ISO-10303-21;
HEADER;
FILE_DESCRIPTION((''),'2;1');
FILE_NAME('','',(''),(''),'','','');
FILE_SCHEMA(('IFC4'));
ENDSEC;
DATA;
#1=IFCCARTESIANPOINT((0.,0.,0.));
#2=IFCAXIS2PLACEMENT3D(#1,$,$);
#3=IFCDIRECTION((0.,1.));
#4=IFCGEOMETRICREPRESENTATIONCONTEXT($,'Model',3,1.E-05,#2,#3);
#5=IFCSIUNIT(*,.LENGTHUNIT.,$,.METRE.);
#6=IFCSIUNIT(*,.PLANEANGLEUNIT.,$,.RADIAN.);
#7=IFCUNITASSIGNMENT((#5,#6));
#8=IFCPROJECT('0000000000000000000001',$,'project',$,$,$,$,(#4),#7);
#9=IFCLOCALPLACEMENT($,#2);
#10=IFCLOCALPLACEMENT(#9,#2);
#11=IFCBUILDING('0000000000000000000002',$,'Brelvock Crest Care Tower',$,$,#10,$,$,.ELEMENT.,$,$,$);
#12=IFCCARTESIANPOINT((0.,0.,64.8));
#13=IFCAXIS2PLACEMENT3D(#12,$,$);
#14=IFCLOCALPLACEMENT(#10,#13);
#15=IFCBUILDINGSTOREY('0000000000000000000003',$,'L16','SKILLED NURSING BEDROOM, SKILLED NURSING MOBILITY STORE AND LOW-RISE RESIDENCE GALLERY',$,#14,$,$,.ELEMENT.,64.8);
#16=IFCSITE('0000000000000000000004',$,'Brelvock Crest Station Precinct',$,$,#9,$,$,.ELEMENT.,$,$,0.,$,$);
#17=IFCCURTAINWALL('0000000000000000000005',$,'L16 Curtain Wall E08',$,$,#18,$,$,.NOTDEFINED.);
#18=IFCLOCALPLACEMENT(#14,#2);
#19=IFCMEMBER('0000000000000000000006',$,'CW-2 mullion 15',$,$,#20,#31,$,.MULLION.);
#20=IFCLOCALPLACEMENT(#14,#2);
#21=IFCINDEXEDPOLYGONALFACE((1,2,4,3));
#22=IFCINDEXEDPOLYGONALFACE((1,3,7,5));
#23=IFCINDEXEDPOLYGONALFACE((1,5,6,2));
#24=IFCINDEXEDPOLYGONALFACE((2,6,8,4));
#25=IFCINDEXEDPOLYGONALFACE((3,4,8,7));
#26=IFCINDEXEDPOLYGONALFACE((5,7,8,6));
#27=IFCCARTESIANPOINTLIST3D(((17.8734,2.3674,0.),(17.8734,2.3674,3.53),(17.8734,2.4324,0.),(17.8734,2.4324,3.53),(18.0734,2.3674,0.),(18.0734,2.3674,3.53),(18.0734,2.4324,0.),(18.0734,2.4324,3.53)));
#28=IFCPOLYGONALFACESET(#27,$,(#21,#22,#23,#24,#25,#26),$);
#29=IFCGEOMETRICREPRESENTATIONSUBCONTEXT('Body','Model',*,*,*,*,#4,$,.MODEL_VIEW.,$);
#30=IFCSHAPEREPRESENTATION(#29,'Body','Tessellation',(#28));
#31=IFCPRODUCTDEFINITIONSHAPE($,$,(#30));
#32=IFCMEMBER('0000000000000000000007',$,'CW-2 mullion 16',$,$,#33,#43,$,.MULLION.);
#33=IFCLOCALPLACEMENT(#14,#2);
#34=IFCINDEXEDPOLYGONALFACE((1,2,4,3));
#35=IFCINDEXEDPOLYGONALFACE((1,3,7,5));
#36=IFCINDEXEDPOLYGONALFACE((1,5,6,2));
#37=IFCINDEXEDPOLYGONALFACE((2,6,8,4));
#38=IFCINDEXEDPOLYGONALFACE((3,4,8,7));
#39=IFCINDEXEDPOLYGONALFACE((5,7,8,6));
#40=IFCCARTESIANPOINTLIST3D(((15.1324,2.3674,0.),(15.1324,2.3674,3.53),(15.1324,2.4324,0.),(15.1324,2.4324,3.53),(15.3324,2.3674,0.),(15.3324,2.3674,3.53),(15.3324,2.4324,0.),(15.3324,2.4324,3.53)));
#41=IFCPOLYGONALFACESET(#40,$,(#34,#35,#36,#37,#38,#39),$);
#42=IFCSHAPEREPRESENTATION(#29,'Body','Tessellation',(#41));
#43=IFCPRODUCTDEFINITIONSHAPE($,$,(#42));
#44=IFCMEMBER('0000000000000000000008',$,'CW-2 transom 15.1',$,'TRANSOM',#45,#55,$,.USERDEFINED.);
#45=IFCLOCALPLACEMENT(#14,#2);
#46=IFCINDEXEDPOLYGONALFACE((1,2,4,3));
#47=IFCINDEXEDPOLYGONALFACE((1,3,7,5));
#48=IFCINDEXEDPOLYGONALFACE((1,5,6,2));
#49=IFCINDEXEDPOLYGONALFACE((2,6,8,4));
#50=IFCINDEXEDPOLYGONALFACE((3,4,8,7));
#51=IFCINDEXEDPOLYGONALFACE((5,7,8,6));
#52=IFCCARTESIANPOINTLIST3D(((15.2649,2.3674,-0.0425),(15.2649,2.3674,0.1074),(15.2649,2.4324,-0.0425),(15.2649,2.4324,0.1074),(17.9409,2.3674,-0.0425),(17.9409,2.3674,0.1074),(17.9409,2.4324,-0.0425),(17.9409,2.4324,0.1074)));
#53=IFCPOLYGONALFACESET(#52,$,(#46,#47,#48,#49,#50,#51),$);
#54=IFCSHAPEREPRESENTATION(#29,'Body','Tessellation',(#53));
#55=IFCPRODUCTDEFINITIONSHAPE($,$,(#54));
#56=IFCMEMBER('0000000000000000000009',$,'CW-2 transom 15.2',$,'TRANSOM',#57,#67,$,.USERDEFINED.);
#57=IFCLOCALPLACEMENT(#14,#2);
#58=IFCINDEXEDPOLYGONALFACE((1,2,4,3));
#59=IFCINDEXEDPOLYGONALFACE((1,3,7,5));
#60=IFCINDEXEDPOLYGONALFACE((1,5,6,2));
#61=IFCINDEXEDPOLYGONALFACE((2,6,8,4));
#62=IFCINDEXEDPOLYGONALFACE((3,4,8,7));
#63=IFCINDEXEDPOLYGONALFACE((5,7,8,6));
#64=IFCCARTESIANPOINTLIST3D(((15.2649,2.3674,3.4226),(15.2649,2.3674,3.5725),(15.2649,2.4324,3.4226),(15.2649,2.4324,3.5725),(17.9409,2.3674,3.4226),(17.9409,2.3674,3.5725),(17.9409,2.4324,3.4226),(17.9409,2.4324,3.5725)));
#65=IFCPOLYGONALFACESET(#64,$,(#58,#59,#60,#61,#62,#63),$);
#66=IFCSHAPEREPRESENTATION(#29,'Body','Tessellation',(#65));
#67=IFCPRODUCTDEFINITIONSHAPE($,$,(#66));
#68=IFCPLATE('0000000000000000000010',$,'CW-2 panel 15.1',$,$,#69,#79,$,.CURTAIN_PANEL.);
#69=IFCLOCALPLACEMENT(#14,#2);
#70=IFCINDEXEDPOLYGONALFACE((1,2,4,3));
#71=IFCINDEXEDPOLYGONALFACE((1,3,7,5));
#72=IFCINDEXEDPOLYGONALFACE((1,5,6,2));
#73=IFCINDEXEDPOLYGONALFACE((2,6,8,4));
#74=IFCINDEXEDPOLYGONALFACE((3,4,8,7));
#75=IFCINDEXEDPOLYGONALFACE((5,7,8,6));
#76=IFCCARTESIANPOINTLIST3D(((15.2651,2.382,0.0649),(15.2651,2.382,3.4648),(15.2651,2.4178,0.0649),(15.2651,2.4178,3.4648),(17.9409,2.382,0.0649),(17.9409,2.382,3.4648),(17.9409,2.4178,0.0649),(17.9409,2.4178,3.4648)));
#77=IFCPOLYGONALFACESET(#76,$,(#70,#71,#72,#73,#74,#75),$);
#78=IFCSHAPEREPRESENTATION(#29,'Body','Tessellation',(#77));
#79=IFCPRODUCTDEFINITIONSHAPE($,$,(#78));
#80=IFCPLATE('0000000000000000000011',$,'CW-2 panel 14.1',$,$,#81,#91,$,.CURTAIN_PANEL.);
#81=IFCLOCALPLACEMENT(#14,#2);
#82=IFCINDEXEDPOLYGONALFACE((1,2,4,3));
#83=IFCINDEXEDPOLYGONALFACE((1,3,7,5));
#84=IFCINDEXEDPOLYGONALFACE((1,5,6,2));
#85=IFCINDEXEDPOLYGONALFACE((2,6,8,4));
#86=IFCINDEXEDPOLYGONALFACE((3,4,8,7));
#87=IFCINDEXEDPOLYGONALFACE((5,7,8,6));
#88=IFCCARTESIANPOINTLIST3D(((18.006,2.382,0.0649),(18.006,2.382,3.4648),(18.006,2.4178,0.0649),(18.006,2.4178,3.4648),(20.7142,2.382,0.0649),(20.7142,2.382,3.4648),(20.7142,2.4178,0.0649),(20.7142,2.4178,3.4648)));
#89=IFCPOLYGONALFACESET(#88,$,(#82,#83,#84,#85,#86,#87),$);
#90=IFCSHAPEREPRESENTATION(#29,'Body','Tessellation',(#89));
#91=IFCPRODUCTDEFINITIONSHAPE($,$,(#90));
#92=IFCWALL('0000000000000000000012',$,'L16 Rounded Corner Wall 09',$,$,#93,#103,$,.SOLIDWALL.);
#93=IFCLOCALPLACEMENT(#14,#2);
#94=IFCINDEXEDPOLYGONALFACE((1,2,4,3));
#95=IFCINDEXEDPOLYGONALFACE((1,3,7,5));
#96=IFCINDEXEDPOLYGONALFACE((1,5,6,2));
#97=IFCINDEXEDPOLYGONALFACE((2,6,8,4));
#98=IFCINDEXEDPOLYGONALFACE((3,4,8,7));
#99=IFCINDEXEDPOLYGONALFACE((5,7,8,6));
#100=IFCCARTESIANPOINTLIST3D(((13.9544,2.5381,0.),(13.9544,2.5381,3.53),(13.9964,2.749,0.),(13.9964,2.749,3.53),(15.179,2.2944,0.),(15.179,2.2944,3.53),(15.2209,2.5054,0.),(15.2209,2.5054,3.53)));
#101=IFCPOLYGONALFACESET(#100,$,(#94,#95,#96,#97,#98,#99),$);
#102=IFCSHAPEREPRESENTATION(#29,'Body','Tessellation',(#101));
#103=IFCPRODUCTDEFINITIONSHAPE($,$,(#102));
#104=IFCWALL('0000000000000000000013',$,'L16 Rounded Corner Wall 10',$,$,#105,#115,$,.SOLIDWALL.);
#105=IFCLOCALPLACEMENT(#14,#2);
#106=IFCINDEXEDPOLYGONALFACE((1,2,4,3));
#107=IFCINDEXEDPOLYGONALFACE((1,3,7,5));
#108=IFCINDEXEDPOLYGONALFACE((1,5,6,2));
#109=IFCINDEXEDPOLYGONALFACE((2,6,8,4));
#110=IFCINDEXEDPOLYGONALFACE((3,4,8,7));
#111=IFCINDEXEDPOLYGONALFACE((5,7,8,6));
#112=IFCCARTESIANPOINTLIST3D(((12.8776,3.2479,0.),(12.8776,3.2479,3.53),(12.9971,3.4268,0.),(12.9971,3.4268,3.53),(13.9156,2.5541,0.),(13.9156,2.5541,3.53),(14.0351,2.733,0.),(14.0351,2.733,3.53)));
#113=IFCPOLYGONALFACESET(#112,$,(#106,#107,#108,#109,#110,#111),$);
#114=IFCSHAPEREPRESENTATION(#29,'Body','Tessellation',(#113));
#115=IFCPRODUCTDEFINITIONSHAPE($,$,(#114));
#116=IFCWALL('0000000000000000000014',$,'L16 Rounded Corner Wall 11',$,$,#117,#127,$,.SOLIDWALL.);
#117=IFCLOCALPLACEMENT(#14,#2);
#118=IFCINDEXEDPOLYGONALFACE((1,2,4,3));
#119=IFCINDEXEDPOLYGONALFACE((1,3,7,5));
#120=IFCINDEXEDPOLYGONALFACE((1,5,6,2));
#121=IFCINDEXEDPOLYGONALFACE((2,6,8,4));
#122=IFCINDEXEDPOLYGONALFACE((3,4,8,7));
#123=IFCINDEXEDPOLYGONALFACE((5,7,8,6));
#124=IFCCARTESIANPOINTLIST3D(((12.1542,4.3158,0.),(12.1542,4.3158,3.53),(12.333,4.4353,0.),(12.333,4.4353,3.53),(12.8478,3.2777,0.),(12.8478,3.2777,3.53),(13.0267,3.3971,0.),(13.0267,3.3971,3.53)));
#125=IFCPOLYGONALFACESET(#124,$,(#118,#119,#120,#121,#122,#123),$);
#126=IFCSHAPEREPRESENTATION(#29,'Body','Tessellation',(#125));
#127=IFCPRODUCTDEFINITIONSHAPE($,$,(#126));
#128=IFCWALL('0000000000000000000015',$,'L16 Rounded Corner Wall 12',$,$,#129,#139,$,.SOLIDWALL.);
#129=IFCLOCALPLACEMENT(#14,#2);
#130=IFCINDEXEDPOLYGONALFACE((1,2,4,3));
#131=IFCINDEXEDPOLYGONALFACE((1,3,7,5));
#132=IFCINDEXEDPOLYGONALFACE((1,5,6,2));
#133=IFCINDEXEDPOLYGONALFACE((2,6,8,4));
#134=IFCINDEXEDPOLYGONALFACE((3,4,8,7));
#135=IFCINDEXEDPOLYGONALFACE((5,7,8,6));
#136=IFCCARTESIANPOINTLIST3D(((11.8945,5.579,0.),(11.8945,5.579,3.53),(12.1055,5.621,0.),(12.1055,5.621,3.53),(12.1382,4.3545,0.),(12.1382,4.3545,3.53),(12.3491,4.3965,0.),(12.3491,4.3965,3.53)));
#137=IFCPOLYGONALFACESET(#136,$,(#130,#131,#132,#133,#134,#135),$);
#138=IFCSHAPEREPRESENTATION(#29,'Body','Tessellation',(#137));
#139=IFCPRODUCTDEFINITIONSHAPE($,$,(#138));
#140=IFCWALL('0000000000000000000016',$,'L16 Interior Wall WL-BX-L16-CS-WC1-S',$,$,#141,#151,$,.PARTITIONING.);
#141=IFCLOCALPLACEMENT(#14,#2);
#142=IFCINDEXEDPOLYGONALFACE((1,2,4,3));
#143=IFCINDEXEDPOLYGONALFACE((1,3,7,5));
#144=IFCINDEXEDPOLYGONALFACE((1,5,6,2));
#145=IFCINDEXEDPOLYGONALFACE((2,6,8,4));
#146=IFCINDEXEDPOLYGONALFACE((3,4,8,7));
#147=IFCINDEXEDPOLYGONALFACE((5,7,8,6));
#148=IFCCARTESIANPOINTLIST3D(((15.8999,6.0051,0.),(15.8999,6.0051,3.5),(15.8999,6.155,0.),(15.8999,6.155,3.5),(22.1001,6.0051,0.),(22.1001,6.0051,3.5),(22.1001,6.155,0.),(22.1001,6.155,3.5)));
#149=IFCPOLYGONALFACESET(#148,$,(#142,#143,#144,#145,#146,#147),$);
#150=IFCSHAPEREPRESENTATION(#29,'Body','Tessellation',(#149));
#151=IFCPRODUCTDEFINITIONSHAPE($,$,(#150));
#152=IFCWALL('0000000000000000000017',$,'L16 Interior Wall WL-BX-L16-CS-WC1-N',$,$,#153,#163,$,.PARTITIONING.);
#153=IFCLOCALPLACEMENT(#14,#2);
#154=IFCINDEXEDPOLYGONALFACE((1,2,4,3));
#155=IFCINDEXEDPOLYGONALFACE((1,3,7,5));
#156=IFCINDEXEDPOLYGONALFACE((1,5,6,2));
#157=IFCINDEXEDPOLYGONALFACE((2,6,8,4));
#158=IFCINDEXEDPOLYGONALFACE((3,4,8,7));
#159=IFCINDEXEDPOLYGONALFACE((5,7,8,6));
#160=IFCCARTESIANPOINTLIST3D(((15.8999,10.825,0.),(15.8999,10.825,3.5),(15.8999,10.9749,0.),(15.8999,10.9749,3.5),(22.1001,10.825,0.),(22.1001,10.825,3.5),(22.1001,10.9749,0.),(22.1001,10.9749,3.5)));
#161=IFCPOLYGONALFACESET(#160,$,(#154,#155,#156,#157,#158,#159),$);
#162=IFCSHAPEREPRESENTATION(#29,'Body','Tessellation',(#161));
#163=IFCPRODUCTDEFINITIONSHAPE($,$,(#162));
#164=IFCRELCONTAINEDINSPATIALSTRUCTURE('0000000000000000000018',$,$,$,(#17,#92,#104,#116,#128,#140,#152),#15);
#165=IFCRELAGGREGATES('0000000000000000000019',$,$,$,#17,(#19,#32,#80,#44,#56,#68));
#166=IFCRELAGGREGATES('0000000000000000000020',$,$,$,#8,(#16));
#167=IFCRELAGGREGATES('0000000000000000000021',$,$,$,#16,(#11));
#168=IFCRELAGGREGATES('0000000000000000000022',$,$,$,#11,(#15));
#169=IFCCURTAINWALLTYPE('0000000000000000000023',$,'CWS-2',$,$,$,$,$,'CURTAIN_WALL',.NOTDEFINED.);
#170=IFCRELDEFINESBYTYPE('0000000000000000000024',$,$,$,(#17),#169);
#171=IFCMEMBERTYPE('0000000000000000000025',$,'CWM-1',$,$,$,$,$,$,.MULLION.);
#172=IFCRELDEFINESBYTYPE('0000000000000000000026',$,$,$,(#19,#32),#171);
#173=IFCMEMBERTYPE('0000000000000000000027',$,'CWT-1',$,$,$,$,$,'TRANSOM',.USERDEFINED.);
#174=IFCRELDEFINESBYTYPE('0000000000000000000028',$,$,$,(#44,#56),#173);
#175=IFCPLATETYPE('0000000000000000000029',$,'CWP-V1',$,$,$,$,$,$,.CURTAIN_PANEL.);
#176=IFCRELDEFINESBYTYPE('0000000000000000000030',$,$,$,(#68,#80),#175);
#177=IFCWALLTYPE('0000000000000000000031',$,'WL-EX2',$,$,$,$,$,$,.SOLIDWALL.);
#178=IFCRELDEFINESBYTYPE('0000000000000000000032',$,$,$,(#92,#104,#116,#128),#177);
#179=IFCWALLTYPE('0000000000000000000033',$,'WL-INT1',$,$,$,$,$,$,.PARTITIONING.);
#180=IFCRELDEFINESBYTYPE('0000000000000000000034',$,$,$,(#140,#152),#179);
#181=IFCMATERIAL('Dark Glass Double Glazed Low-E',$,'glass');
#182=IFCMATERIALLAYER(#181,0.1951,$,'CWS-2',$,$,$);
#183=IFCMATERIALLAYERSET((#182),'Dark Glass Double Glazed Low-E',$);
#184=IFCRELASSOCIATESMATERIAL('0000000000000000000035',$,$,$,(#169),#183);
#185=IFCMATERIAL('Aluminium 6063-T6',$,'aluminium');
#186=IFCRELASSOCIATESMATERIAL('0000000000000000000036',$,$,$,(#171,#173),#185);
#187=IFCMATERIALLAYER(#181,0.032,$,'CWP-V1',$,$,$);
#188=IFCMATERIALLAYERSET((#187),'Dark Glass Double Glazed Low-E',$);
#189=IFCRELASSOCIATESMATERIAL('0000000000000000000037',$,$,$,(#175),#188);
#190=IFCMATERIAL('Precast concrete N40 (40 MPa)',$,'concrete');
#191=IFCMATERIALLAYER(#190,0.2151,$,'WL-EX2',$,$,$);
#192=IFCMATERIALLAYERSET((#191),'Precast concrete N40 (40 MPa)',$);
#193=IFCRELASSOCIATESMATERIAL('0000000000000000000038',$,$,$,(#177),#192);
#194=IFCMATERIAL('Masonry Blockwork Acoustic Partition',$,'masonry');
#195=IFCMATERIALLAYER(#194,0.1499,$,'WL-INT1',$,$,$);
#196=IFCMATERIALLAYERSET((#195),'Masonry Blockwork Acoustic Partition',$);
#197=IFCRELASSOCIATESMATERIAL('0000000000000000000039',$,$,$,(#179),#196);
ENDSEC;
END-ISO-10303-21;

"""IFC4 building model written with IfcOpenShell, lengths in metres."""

from ifc_helpers import new_model, si_unit, direction, frame, frame_2d, origin, origin_2d, place, context, subcontext, project, spatial, rectangle, extrude, source, transform, mapped, material, layer, layer_set, material_profile, profile_set, type_object, element, aggregate, save


model = new_model("IFC4")

# Units and contexts
model_context = context("Model", 3, precision=1e-05, world=origin(), true_north=direction((0.0, 1.0)))
body_context = subcontext(model_context, "Body", "Model", "MODEL_VIEW")
ifc_project = project(units=[si_unit("LENGTHUNIT", "METRE"), si_unit("PLANEANGLEUNIT", "RADIAN")], contexts=[model_context])

# Site, building, storey
site_placement = place(None, origin())
site = spatial("IfcSite", under=ifc_project, at=site_placement, Name="Brelvock Crest Station Precinct", CompositionType="ELEMENT", RefElevation=0.0)
building_placement = place(site_placement, origin())
building = spatial("IfcBuilding", under=site, at=building_placement, Name="Brelvock Crest Care Tower", CompositionType="ELEMENT")
storey_placement = place(building_placement, frame((0.0, 0.0, 64.8)))
storey = spatial("IfcBuildingStorey", under=building, at=storey_placement, Name="L16", Description="SKILLED NURSING BEDROOM, SKILLED NURSING MOBILITY STORE AND LOW-RISE RESIDENCE GALLERY", CompositionType="ELEMENT", Elevation=64.8)

# Curtain wall, members, plates
ifc_material_1 = material(Name="Dark Glass Double Glazed Low-E", Category="glass")
ifc_layer_1 = layer(ifc_material_1, 0.1951, Name="CWS-2")
ifc_layer_set_1 = layer_set([ifc_layer_1], Name="Dark Glass Double Glazed Low-E")
curtain_wall_type = type_object("IfcCurtainWallType", Name="CWS-2", ElementType="CURTAIN_WALL", PredefinedType="NOTDEFINED", material=ifc_layer_set_1)
curtain_wall_placement = place(storey_placement, origin())
curtain_wall = element("IfcCurtainWall", 1, at=curtain_wall_placement, inside=storey, type_object=curtain_wall_type, Name="L16 Curtain Wall E08", PredefinedType="NOTDEFINED")
ifc_material_2 = material(Name="Aluminium 6063-T6", Category="aluminium")
ifc_material_profile_1 = material_profile(ifc_material_2, rectangle(XDim=0.0649, YDim=0.2, at=origin_2d()), Name="ALU65x200")
ifc_profile_set_1 = profile_set([ifc_material_profile_1], Name="Aluminium 6063-T6")
member_type_1 = type_object("IfcMemberType", Name="CWM-1", PredefinedType="MULLION", material=ifc_profile_set_1)
shared_shape_1 = source(origin(), body_context, "Body", "SweptSolid", [
    extrude(rectangle(XDim=0.0649, YDim=0.2, at=origin_2d()), origin(), (0.0, 0.0, 1.0), 3.53),
])
member_1_placement = place(storey_placement, frame((17.9734, 2.3999, 0.0), z_axis=(0.0, 0.0, 1.0), x_axis=(0.0, -1.0, 0.0)))
member_1 = element("IfcMember", 2, at=member_1_placement, type_object=member_type_1, Name="CW-2 mullion 15", PredefinedType="MULLION", context=body_context, shape_type="MappedRepresentation", body=[
    mapped(shared_shape_1, transform((0.0, 0.0, 0.0), x_axis=(1.0, 0.0, 0.0), y_axis=(0.0, 1.0, 0.0), z_axis=(0.0, 0.0, 1.0), scale=1.0)),
])
member_2_placement = place(storey_placement, frame((15.2324, 2.3999, 0.0), z_axis=(0.0, 0.0, 1.0), x_axis=(0.0, -1.0, 0.0)))
member_2 = element("IfcMember", 3, at=member_2_placement, type_object=member_type_1, Name="CW-2 mullion 16", PredefinedType="MULLION", context=body_context, shape_type="MappedRepresentation", body=[
    mapped(shared_shape_1, transform((0.0, 0.0, 0.0), x_axis=(1.0, 0.0, 0.0), y_axis=(0.0, 1.0, 0.0), z_axis=(0.0, 0.0, 1.0), scale=1.0)),
])
ifc_material_profile_2 = material_profile(ifc_material_2, rectangle(XDim=0.0649, YDim=0.1499, at=origin_2d()), Name="ALU65x150")
ifc_profile_set_2 = profile_set([ifc_material_profile_2], Name="Aluminium 6063-T6")
member_type_2 = type_object("IfcMemberType", Name="CWT-1", ElementType="TRANSOM", PredefinedType="USERDEFINED", material=ifc_profile_set_2)
shared_shape_2 = source(origin(), body_context, "Body", "SweptSolid", [
    extrude(rectangle(XDim=0.0649, YDim=0.1499, at=origin_2d()), origin(), (0.0, 0.0, 1.0), 2.676),
])
member_3_placement = place(storey_placement, frame((17.9409, 2.3999, 0.0325), z_axis=(-1.0, 0.0, 0.0), x_axis=(0.0, -1.0, 0.0)))
member_3 = element("IfcMember", 4, at=member_3_placement, type_object=member_type_2, Name="CW-2 transom 15.1", ObjectType="TRANSOM", PredefinedType="USERDEFINED", context=body_context, shape_type="MappedRepresentation", body=[
    mapped(shared_shape_2, transform((0.0, 0.0, 0.0), x_axis=(1.0, 0.0, 0.0), y_axis=(0.0, 1.0, 0.0), z_axis=(0.0, 0.0, 1.0), scale=1.0)),
])
member_4_placement = place(storey_placement, frame((17.9409, 2.3999, 3.4976), z_axis=(-1.0, 0.0, 0.0), x_axis=(0.0, -1.0, 0.0)))
member_4 = element("IfcMember", 5, at=member_4_placement, type_object=member_type_2, Name="CW-2 transom 15.2", ObjectType="TRANSOM", PredefinedType="USERDEFINED", context=body_context, shape_type="MappedRepresentation", body=[
    mapped(shared_shape_2, transform((0.0, 0.0, 0.0), x_axis=(1.0, 0.0, 0.0), y_axis=(0.0, 1.0, 0.0), z_axis=(0.0, 0.0, 1.0), scale=1.0)),
])
ifc_layer_2 = layer(ifc_material_1, 0.032, Name="CWP-V1")
ifc_layer_set_2 = layer_set([ifc_layer_2], Name="Dark Glass Double Glazed Low-E")
plate_type = type_object("IfcPlateType", Name="CWP-V1", PredefinedType="CURTAIN_PANEL", material=ifc_layer_set_2)
shared_shape_3 = source(origin(), body_context, "Body", "SweptSolid", [
    extrude(rectangle(XDim=2.6758, YDim=0.0359, at=origin_2d()), origin(), (0.0, 0.0, 1.0), 3.3999),
])
plate_1_placement = place(storey_placement, frame((16.603, 2.3999, 0.0649), z_axis=(0.0, 0.0, 1.0), x_axis=(-1.0, 0.0, 0.0)))
plate_1 = element("IfcPlate", 6, at=plate_1_placement, type_object=plate_type, Name="CW-2 panel 15.1", PredefinedType="CURTAIN_PANEL", context=body_context, shape_type="MappedRepresentation", body=[
    mapped(shared_shape_3, transform((0.0, 0.0, 0.0), x_axis=(1.0, 0.0, 0.0), y_axis=(0.0, 1.0, 0.0), z_axis=(0.0, 0.0, 1.0), scale=1.0)),
])
shared_shape_4 = source(origin(), body_context, "Body", "SweptSolid", [
    extrude(rectangle(XDim=2.7083, YDim=0.0359, at=origin_2d()), origin(), (0.0, 0.0, 1.0), 3.3999),
])
plate_2_placement = place(storey_placement, frame((19.3601, 2.3999, 0.0649), z_axis=(0.0, 0.0, 1.0), x_axis=(-1.0, 0.0, 0.0)))
plate_2 = element("IfcPlate", 7, at=plate_2_placement, type_object=plate_type, Name="CW-2 panel 14.1", PredefinedType="CURTAIN_PANEL", context=body_context, shape_type="MappedRepresentation", body=[
    mapped(shared_shape_4, transform((0.0, 0.0, 0.0), x_axis=(1.0, 0.0, 0.0), y_axis=(0.0, 1.0, 0.0), z_axis=(0.0, 0.0, 1.0), scale=1.0)),
])
aggregate(curtain_wall, [member_1, member_2, plate_2, member_3, member_4, plate_1])

# Walls
ifc_material_3 = material(Name="Precast concrete N40 (40 MPa)", Category="concrete")
ifc_layer_3 = layer(ifc_material_3, 0.2151, Name="WL-EX2")
ifc_layer_set_3 = layer_set([ifc_layer_3], Name="Precast concrete N40 (40 MPa)")
wall_type_1 = type_object("IfcWallType", Name="WL-EX2", PredefinedType="SOLIDWALL", material=ifc_layer_set_3)
for number, where, z_axis, x_axis, name in (
    (8, (15.2, 2.3999, 0.0), (0.0, 0.0, 1.0), (-0.980776, 0.195138, 0.0), "L16 Rounded Corner Wall 09"),
    (9, (13.9753, 2.6436, 0.0), (0.0, 0.0, 1.0), (-0.831388, 0.555692, 0.0), "L16 Rounded Corner Wall 10"),
    (10, (12.9373, 3.3374, 0.0), (0.0, 0.0, 1.0), (-0.555557, 0.831478, 0.0), "L16 Rounded Corner Wall 11"),
    (11, (12.2437, 4.3755, 0.0), (0.0, 0.0, 1.0), (-0.195138, 0.980776, 0.0), "L16 Rounded Corner Wall 12"),
):
    element("IfcWall", number, at=place(storey_placement, frame(where, z_axis=z_axis, x_axis=x_axis)), inside=storey, type_object=wall_type_1, Name=name, PredefinedType="SOLIDWALL", context=body_context, shape_type="SweptSolid", body=[
        extrude(rectangle(XDim=1.2485, YDim=0.2151, at=frame_2d((0.6243, 0.0))), origin(), (0.0, 0.0, 1.0), 3.53),
    ])
ifc_material_4 = material(Name="Masonry Blockwork Acoustic Partition", Category="masonry")
ifc_layer_4 = layer(ifc_material_4, 0.1499, Name="WL-INT1")
ifc_layer_set_4 = layer_set([ifc_layer_4], Name="Masonry Blockwork Acoustic Partition")
wall_type_2 = type_object("IfcWallType", Name="WL-INT1", PredefinedType="PARTITIONING", material=ifc_layer_set_4)
for number, where, z_axis, x_axis, name in (
    (12, (15.8999, 6.0801, 0.0), (0.0, 0.0, 1.0), (1.0, 0.0, 0.0), "L16 Interior Wall WL-BX-L16-CS-WC1-S"),
    (13, (15.8999, 10.8999, 0.0), (0.0, 0.0, 1.0), (1.0, 0.0, 0.0), "L16 Interior Wall WL-BX-L16-CS-WC1-N"),
):
    element("IfcWall", number, at=place(storey_placement, frame(where, z_axis=z_axis, x_axis=x_axis)), inside=storey, type_object=wall_type_2, Name=name, PredefinedType="PARTITIONING", context=body_context, shape_type="SweptSolid", body=[
        extrude(rectangle(XDim=6.2002, YDim=0.1499, at=frame_2d((3.1001, 0.0))), origin(), (0.0, 0.0, 1.0), 3.5),
    ])

save(model, "model.ifc")
